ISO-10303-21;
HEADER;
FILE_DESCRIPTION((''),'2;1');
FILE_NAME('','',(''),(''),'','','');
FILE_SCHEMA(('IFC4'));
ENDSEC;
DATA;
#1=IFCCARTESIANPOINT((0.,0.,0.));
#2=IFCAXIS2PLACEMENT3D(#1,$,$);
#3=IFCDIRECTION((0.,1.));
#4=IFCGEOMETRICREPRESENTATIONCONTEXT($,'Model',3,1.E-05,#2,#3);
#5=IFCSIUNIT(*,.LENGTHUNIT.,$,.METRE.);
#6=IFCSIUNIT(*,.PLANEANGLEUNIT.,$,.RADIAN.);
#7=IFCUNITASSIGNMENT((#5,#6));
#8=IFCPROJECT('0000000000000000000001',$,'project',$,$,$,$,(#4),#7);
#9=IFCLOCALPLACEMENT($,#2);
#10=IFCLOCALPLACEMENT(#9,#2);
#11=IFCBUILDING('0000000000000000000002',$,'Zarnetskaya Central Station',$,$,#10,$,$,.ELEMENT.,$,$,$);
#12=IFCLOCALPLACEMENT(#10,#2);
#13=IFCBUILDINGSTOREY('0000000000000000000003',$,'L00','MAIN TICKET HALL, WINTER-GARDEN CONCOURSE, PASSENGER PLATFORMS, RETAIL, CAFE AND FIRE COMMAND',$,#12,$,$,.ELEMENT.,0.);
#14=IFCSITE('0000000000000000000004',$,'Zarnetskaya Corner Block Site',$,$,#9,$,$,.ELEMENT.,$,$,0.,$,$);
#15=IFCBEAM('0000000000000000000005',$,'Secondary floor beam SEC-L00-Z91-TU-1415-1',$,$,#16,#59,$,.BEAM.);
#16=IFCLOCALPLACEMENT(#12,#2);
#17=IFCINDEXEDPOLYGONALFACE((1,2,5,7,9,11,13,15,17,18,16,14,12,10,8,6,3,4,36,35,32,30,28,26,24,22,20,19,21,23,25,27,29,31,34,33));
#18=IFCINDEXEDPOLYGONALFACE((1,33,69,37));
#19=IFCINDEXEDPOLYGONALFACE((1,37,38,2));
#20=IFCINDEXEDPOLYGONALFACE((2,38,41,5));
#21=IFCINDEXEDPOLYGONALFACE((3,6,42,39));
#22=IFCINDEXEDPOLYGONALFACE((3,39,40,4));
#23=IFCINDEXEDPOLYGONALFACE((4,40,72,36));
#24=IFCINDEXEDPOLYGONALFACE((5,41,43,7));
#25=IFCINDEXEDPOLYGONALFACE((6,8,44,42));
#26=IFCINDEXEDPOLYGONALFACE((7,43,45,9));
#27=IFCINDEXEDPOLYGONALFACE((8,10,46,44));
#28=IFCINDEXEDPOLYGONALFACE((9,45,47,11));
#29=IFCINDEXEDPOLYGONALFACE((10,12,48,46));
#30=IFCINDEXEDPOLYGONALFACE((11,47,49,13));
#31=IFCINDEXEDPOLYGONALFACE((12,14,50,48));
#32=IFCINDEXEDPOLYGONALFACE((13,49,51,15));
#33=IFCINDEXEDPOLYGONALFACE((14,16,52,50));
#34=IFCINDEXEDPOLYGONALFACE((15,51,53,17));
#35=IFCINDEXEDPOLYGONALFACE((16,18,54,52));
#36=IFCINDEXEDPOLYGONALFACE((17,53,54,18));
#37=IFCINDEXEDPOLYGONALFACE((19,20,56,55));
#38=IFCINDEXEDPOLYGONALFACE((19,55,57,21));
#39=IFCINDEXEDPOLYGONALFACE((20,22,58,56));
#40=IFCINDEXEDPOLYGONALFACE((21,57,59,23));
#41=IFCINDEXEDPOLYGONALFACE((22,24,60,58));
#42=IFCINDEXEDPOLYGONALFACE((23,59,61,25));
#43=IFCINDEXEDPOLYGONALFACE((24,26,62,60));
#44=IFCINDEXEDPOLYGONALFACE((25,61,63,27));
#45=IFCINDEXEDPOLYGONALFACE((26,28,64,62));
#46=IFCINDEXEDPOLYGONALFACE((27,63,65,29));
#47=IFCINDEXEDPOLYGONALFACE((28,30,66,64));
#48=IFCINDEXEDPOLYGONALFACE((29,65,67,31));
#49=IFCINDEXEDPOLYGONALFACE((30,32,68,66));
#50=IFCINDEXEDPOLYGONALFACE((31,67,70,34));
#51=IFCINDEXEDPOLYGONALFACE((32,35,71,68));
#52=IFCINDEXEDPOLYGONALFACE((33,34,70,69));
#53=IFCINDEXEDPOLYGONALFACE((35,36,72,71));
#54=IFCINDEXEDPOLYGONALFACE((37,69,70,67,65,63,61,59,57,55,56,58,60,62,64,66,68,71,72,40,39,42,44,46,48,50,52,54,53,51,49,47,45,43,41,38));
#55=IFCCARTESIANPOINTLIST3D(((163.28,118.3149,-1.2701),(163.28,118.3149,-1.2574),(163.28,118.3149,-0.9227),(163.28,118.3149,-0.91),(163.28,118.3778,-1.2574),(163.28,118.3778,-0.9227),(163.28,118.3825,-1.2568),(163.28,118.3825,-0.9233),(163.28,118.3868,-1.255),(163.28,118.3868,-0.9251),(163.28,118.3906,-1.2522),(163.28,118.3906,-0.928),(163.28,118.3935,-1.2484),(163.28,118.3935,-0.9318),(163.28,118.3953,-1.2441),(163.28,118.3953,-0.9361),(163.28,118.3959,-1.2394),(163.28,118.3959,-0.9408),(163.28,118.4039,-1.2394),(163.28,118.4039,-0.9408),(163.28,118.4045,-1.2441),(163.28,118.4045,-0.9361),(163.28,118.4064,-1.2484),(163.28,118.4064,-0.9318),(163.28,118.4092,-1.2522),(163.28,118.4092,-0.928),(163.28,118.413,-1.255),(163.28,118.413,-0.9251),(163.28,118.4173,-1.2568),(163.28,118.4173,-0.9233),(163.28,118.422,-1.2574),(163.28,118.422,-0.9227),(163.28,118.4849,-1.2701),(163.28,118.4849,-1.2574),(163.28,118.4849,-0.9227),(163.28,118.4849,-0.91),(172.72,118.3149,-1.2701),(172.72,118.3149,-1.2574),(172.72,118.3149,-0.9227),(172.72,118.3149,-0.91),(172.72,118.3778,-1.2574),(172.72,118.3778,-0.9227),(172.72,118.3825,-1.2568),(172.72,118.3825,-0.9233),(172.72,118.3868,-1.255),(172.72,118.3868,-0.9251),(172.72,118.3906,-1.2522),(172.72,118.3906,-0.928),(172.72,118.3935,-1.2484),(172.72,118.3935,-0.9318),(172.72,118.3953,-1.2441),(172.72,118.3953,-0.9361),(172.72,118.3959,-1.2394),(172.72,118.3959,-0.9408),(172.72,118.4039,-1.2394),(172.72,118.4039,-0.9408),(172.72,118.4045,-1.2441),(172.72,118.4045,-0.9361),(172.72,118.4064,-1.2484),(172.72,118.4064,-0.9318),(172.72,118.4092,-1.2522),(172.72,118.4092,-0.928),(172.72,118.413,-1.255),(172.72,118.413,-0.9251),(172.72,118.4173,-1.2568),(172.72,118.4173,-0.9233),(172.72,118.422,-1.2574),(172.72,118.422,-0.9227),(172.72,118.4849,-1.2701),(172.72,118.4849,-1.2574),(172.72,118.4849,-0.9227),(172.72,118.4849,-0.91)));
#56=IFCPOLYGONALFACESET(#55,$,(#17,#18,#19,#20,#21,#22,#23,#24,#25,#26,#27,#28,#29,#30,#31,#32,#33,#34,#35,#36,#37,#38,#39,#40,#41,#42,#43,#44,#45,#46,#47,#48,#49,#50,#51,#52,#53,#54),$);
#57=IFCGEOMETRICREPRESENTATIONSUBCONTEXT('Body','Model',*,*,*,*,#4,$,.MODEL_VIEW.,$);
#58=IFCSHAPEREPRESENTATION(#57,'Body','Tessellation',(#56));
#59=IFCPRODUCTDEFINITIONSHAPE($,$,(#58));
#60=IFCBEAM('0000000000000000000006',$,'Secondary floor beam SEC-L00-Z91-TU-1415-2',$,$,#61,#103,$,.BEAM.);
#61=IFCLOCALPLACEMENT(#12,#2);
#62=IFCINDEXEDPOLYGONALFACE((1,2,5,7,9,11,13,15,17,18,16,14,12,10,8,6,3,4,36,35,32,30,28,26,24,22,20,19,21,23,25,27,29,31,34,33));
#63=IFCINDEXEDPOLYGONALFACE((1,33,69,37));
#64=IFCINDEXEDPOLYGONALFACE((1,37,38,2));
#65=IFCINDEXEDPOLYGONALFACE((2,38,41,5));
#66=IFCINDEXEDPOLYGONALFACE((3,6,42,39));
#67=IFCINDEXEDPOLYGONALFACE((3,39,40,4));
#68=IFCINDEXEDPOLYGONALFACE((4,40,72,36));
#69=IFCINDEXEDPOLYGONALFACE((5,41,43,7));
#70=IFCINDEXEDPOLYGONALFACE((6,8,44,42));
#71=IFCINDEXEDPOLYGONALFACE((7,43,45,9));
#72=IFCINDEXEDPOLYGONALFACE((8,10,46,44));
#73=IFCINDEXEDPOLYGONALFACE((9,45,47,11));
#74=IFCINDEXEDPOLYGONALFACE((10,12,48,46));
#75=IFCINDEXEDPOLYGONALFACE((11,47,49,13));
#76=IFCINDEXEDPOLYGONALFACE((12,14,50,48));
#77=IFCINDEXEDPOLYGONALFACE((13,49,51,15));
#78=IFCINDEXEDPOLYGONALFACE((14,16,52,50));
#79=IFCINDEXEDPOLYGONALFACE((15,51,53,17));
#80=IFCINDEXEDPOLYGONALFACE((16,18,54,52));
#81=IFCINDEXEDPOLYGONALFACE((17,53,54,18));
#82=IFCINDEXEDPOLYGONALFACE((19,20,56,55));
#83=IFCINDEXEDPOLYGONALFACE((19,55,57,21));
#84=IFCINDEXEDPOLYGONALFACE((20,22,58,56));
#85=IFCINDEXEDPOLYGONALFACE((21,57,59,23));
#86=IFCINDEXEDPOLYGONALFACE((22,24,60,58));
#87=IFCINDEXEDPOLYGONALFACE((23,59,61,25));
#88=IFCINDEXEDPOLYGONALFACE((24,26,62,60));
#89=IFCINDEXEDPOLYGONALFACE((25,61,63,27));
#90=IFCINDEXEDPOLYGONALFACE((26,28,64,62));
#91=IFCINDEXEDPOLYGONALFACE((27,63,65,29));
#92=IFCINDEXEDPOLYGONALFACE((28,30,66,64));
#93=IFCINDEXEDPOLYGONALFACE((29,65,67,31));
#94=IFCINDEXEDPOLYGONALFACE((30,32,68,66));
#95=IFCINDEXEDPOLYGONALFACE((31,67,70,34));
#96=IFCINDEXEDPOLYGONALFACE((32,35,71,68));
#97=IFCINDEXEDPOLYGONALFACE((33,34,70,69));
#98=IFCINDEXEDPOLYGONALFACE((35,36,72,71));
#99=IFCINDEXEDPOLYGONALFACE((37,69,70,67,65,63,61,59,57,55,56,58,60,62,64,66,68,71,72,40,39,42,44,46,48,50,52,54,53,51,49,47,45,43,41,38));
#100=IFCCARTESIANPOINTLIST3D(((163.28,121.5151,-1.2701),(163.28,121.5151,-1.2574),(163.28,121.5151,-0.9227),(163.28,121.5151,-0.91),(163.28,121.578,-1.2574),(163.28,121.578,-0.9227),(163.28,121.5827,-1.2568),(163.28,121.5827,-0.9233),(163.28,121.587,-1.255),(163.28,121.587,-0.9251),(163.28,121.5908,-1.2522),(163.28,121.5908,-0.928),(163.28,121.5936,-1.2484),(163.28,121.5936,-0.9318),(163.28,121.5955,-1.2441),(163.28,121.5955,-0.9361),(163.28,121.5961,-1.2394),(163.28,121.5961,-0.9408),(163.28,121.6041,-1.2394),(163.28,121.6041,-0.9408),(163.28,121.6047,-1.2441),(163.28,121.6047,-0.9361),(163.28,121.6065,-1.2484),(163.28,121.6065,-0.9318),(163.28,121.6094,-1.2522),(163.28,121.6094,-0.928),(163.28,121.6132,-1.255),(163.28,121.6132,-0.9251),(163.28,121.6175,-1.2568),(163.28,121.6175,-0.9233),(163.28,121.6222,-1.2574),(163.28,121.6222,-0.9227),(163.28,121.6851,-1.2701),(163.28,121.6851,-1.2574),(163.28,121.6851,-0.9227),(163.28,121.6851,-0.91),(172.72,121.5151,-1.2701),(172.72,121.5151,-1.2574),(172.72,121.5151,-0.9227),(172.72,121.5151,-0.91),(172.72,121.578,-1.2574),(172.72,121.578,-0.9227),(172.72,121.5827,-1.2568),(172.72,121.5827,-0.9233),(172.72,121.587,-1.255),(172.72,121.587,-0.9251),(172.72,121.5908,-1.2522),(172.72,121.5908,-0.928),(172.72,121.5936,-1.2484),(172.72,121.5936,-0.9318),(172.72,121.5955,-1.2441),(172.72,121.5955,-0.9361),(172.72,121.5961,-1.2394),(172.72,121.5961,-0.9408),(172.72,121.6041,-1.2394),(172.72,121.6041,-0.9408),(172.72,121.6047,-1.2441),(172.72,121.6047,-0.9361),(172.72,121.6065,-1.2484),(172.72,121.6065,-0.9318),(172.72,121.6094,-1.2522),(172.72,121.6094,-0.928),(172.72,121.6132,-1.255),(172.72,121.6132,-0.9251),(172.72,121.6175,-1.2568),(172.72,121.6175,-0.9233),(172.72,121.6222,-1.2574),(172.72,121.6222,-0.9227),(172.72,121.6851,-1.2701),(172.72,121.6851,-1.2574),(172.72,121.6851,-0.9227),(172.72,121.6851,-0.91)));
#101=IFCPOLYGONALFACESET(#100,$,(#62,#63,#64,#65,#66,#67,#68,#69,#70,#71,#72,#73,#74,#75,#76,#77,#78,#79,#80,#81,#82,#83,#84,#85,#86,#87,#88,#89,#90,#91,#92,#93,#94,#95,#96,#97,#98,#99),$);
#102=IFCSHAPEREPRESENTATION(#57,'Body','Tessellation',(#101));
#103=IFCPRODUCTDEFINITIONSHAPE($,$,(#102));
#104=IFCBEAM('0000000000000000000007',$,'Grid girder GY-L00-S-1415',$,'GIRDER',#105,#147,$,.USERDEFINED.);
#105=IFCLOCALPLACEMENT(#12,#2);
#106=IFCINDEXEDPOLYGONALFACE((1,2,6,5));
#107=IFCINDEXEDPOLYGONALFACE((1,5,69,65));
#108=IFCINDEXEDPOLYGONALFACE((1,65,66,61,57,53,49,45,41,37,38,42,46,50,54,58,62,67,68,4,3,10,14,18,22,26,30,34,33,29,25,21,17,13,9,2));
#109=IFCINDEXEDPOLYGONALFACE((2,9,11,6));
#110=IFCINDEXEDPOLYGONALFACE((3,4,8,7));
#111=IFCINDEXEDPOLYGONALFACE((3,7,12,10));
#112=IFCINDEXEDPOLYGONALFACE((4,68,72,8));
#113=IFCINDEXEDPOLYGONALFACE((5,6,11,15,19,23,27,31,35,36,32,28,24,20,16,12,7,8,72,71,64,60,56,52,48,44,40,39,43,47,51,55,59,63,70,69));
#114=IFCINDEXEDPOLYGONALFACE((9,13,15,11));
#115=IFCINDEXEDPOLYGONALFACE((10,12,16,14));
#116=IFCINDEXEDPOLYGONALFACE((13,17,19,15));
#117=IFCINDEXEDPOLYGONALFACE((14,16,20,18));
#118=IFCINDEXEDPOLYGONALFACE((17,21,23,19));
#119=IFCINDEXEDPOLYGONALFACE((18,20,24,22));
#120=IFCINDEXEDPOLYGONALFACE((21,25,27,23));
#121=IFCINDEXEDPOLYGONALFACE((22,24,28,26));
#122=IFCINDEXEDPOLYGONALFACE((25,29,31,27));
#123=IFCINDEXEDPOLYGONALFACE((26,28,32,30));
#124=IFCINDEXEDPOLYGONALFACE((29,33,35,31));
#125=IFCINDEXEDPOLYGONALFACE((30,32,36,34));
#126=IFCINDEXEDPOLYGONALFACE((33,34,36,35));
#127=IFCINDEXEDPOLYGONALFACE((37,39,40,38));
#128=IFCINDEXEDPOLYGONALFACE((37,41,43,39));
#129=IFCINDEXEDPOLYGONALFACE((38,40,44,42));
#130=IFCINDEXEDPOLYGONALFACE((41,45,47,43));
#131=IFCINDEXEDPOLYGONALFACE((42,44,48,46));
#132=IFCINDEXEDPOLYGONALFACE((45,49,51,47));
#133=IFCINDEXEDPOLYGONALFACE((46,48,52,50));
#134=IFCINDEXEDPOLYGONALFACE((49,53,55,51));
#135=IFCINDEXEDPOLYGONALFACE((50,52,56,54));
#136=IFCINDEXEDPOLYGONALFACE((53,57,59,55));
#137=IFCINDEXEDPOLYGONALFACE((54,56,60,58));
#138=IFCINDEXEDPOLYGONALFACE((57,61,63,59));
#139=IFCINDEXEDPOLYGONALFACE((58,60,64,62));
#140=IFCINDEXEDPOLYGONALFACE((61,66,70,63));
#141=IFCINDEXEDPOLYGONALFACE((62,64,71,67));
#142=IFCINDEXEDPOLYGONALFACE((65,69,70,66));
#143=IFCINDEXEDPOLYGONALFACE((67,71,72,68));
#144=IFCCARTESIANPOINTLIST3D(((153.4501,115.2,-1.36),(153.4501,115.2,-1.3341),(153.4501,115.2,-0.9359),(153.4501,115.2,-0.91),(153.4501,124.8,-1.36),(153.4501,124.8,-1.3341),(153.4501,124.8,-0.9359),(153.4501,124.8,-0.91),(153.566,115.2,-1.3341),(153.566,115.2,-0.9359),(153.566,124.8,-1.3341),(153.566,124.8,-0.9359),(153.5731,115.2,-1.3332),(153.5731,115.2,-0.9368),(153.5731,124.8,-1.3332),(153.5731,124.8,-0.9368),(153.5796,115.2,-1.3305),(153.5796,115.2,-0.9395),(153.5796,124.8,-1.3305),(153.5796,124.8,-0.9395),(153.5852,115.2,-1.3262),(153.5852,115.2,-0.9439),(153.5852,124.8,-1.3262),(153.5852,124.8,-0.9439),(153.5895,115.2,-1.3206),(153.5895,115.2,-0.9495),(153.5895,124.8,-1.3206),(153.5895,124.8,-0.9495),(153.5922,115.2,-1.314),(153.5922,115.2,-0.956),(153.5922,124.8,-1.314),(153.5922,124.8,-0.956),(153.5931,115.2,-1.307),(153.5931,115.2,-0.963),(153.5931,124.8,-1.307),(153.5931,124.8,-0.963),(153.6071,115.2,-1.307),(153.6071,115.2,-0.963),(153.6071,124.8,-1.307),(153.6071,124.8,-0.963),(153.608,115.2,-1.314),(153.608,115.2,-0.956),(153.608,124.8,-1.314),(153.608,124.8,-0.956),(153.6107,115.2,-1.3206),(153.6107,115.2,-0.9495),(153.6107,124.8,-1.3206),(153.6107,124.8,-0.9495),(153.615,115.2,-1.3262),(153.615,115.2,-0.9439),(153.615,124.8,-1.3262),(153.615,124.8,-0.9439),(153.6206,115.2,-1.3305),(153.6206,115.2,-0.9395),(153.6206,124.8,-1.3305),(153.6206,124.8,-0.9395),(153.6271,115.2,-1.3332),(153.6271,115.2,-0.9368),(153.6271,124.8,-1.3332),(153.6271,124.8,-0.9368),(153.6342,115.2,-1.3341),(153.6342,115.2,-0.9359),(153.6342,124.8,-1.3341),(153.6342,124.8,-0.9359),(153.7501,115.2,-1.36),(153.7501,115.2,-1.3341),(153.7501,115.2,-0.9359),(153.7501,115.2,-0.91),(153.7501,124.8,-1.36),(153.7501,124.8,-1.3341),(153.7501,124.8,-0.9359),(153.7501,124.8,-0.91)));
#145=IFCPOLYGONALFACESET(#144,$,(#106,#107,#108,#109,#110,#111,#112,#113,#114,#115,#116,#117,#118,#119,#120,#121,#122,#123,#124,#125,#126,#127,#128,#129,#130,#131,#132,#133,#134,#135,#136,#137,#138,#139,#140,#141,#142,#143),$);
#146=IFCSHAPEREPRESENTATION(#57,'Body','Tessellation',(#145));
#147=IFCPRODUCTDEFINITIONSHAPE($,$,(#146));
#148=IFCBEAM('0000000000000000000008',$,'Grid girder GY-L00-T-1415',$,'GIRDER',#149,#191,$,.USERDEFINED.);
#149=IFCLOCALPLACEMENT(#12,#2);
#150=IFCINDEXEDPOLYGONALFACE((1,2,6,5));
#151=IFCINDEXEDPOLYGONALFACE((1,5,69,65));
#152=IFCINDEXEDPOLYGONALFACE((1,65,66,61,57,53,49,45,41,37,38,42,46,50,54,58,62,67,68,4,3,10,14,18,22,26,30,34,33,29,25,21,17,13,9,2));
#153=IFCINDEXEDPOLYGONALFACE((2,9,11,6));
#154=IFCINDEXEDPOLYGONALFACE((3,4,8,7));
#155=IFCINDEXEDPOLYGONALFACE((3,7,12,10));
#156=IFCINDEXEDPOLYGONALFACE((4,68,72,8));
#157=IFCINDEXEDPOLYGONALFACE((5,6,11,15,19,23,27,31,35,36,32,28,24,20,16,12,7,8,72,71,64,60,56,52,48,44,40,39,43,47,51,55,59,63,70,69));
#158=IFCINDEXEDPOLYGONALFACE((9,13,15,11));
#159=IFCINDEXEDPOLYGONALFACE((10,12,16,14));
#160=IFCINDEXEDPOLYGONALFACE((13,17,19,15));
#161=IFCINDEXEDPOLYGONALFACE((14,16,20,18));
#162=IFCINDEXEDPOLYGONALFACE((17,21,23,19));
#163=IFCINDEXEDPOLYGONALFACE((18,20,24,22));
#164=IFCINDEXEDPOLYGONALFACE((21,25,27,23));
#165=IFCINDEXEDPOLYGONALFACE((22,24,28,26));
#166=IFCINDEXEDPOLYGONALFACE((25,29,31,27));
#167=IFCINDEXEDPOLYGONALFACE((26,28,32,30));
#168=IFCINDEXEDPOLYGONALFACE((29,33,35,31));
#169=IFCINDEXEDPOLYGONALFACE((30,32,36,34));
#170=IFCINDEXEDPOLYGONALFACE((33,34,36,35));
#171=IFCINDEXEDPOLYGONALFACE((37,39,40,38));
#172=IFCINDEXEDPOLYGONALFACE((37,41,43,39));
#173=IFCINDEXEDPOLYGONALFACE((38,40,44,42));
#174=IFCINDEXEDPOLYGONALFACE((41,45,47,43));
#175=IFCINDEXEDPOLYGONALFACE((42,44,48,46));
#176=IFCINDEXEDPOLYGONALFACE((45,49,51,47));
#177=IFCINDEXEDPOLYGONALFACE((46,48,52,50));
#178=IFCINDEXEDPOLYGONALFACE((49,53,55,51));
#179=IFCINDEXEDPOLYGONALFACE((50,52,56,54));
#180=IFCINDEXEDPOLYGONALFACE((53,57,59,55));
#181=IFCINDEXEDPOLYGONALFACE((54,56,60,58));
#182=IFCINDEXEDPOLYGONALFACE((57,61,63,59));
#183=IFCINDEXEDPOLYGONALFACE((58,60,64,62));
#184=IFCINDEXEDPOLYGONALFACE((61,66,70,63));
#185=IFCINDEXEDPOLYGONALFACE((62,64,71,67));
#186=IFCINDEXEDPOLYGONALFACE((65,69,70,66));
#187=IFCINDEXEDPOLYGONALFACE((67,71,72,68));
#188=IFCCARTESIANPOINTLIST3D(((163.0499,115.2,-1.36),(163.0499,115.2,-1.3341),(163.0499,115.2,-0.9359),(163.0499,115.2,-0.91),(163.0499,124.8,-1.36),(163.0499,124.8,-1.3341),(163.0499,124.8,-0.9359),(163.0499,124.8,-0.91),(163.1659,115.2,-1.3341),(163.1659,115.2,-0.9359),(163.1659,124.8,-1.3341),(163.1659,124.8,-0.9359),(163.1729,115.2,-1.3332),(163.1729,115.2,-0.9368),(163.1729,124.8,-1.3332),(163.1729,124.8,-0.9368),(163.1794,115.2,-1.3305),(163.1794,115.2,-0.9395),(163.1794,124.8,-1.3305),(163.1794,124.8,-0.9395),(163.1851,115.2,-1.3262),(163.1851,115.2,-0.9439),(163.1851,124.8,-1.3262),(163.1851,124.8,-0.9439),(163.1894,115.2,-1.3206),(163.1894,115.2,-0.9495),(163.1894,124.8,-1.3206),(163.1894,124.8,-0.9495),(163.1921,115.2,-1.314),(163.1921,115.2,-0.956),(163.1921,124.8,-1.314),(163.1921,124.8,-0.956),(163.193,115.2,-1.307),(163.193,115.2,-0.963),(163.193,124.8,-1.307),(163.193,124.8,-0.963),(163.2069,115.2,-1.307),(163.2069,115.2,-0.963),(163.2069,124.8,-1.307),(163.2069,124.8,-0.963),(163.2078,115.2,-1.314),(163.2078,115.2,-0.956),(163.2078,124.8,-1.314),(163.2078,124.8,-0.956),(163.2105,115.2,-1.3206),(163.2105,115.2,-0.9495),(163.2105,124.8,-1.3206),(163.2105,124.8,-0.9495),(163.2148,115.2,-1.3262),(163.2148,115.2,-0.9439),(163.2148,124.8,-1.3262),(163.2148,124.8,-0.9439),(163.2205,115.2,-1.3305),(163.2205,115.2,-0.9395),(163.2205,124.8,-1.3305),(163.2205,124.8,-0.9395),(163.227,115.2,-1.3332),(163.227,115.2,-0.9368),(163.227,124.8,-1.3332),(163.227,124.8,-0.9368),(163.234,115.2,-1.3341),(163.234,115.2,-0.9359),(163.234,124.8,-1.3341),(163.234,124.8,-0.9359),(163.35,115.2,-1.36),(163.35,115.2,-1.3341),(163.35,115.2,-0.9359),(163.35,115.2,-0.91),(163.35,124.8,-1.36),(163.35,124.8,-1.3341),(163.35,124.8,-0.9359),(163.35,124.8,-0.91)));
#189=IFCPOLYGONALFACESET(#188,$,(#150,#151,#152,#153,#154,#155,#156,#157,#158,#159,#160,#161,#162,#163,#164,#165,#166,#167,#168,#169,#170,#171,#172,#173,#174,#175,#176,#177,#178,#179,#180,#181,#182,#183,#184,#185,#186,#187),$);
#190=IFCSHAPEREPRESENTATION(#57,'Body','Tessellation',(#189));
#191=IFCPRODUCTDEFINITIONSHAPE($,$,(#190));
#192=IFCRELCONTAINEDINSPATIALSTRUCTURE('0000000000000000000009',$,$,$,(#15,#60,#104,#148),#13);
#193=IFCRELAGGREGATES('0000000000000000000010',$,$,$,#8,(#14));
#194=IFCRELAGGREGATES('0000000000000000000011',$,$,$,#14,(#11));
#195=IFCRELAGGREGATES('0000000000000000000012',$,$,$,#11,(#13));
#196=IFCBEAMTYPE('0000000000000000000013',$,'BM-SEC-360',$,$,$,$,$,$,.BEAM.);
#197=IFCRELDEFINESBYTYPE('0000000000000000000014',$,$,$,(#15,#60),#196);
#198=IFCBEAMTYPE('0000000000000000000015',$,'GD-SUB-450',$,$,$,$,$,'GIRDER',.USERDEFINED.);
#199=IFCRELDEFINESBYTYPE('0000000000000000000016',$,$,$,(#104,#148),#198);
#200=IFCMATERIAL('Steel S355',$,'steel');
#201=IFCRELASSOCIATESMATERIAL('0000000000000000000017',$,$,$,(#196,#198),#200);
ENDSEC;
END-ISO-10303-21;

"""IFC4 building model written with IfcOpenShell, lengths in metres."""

from ifc_helpers import new_model, si_unit, direction, frame, origin, origin_2d, place, context, subcontext, project, spatial, i_section, extrude, material, material_profile, profile_set, type_object, element, save


model = new_model("IFC4")

# Units and contexts
model_context = context("Model", 3, precision=1e-05, world=origin(), true_north=direction((0.0, 1.0)))
body_context = subcontext(model_context, "Body", "Model", "MODEL_VIEW")
ifc_project = project(units=[si_unit("LENGTHUNIT", "METRE"), si_unit("PLANEANGLEUNIT", "RADIAN")], contexts=[model_context])

# Site, building, storey
site_placement = place(None, origin())
site = spatial("IfcSite", under=ifc_project, at=site_placement, Name="Zarnetskaya Corner Block Site", CompositionType="ELEMENT", RefElevation=0.0)
building_placement = place(site_placement, origin())
building = spatial("IfcBuilding", under=site, at=building_placement, Name="Zarnetskaya Central Station", CompositionType="ELEMENT")
storey_placement = place(building_placement, origin())
storey = spatial("IfcBuildingStorey", under=building, at=storey_placement, Name="L00", Description="MAIN TICKET HALL, WINTER-GARDEN CONCOURSE, PASSENGER PLATFORMS, RETAIL, CAFE AND FIRE COMMAND", CompositionType="ELEMENT", Elevation=0.0)

# Shared definitions
ifc_material = material(Name="Steel S355", Category="steel")

# Beams
ifc_material_profile_1 = material_profile(ifc_material, i_section(OverallWidth=0.1699, OverallDepth=0.3601, WebThickness=0.0081, FlangeThickness=0.0127, FilletRadius=0.0181, at=origin_2d()), Name="IPE 360")
ifc_profile_set_1 = profile_set([ifc_material_profile_1], Name="Steel S355")
beam_type_1 = type_object("IfcBeamType", Name="BM-SEC-360", PredefinedType="BEAM", material=ifc_profile_set_1)
for number, where, z_axis, x_axis, name in (
    (1, (163.28, 118.3999, -1.0901), (1.0, 0.0, 0.0), (0.0, 1.0, 0.0), "Secondary floor beam SEC-L00-Z91-TU-1415-1"),
    (2, (163.28, 121.6001, -1.0901), (1.0, 0.0, 0.0), (0.0, 1.0, 0.0), "Secondary floor beam SEC-L00-Z91-TU-1415-2"),
):
    element("IfcBeam", number, at=place(storey_placement, frame(where, z_axis=z_axis, x_axis=x_axis)), inside=storey, type_object=beam_type_1, Name=name, PredefinedType="BEAM", context=body_context, shape_type="SweptSolid", body=[
        extrude(i_section(OverallWidth=0.1699, OverallDepth=0.3601, WebThickness=0.0081, FlangeThickness=0.0127, FilletRadius=0.0181, at=origin_2d()), origin(), (0.0, 0.0, 1.0), 9.4399),
    ])
ifc_material_profile_2 = material_profile(ifc_material, i_section(OverallWidth=0.3, OverallDepth=0.45, WebThickness=0.0139, FlangeThickness=0.0259, FilletRadius=0.0271, at=origin_2d()), Name="HEB 450")
ifc_profile_set_2 = profile_set([ifc_material_profile_2], Name="Steel S355")
beam_type_2 = type_object("IfcBeamType", Name="GD-SUB-450", ElementType="GIRDER", PredefinedType="USERDEFINED", material=ifc_profile_set_2)
for number, where, z_axis, x_axis, name in (
    (3, (153.6001, 115.2, -1.135), (0.0, 1.0, 0.0), (-1.0, 0.0, 0.0), "Grid girder GY-L00-S-1415"),
    (4, (163.2, 115.2, -1.135), (0.0, 1.0, 0.0), (-1.0, 0.0, 0.0), "Grid girder GY-L00-T-1415"),
):
    element("IfcBeam", number, at=place(storey_placement, frame(where, z_axis=z_axis, x_axis=x_axis)), inside=storey, type_object=beam_type_2, Name=name, ObjectType="GIRDER", PredefinedType="USERDEFINED", context=body_context, shape_type="SweptSolid", body=[
        extrude(i_section(OverallWidth=0.3, OverallDepth=0.45, WebThickness=0.0139, FlangeThickness=0.0259, FilletRadius=0.0271, at=origin_2d()), origin(), (0.0, 0.0, 1.0), 9.6001),
    ])

save(model, "model.ifc")
